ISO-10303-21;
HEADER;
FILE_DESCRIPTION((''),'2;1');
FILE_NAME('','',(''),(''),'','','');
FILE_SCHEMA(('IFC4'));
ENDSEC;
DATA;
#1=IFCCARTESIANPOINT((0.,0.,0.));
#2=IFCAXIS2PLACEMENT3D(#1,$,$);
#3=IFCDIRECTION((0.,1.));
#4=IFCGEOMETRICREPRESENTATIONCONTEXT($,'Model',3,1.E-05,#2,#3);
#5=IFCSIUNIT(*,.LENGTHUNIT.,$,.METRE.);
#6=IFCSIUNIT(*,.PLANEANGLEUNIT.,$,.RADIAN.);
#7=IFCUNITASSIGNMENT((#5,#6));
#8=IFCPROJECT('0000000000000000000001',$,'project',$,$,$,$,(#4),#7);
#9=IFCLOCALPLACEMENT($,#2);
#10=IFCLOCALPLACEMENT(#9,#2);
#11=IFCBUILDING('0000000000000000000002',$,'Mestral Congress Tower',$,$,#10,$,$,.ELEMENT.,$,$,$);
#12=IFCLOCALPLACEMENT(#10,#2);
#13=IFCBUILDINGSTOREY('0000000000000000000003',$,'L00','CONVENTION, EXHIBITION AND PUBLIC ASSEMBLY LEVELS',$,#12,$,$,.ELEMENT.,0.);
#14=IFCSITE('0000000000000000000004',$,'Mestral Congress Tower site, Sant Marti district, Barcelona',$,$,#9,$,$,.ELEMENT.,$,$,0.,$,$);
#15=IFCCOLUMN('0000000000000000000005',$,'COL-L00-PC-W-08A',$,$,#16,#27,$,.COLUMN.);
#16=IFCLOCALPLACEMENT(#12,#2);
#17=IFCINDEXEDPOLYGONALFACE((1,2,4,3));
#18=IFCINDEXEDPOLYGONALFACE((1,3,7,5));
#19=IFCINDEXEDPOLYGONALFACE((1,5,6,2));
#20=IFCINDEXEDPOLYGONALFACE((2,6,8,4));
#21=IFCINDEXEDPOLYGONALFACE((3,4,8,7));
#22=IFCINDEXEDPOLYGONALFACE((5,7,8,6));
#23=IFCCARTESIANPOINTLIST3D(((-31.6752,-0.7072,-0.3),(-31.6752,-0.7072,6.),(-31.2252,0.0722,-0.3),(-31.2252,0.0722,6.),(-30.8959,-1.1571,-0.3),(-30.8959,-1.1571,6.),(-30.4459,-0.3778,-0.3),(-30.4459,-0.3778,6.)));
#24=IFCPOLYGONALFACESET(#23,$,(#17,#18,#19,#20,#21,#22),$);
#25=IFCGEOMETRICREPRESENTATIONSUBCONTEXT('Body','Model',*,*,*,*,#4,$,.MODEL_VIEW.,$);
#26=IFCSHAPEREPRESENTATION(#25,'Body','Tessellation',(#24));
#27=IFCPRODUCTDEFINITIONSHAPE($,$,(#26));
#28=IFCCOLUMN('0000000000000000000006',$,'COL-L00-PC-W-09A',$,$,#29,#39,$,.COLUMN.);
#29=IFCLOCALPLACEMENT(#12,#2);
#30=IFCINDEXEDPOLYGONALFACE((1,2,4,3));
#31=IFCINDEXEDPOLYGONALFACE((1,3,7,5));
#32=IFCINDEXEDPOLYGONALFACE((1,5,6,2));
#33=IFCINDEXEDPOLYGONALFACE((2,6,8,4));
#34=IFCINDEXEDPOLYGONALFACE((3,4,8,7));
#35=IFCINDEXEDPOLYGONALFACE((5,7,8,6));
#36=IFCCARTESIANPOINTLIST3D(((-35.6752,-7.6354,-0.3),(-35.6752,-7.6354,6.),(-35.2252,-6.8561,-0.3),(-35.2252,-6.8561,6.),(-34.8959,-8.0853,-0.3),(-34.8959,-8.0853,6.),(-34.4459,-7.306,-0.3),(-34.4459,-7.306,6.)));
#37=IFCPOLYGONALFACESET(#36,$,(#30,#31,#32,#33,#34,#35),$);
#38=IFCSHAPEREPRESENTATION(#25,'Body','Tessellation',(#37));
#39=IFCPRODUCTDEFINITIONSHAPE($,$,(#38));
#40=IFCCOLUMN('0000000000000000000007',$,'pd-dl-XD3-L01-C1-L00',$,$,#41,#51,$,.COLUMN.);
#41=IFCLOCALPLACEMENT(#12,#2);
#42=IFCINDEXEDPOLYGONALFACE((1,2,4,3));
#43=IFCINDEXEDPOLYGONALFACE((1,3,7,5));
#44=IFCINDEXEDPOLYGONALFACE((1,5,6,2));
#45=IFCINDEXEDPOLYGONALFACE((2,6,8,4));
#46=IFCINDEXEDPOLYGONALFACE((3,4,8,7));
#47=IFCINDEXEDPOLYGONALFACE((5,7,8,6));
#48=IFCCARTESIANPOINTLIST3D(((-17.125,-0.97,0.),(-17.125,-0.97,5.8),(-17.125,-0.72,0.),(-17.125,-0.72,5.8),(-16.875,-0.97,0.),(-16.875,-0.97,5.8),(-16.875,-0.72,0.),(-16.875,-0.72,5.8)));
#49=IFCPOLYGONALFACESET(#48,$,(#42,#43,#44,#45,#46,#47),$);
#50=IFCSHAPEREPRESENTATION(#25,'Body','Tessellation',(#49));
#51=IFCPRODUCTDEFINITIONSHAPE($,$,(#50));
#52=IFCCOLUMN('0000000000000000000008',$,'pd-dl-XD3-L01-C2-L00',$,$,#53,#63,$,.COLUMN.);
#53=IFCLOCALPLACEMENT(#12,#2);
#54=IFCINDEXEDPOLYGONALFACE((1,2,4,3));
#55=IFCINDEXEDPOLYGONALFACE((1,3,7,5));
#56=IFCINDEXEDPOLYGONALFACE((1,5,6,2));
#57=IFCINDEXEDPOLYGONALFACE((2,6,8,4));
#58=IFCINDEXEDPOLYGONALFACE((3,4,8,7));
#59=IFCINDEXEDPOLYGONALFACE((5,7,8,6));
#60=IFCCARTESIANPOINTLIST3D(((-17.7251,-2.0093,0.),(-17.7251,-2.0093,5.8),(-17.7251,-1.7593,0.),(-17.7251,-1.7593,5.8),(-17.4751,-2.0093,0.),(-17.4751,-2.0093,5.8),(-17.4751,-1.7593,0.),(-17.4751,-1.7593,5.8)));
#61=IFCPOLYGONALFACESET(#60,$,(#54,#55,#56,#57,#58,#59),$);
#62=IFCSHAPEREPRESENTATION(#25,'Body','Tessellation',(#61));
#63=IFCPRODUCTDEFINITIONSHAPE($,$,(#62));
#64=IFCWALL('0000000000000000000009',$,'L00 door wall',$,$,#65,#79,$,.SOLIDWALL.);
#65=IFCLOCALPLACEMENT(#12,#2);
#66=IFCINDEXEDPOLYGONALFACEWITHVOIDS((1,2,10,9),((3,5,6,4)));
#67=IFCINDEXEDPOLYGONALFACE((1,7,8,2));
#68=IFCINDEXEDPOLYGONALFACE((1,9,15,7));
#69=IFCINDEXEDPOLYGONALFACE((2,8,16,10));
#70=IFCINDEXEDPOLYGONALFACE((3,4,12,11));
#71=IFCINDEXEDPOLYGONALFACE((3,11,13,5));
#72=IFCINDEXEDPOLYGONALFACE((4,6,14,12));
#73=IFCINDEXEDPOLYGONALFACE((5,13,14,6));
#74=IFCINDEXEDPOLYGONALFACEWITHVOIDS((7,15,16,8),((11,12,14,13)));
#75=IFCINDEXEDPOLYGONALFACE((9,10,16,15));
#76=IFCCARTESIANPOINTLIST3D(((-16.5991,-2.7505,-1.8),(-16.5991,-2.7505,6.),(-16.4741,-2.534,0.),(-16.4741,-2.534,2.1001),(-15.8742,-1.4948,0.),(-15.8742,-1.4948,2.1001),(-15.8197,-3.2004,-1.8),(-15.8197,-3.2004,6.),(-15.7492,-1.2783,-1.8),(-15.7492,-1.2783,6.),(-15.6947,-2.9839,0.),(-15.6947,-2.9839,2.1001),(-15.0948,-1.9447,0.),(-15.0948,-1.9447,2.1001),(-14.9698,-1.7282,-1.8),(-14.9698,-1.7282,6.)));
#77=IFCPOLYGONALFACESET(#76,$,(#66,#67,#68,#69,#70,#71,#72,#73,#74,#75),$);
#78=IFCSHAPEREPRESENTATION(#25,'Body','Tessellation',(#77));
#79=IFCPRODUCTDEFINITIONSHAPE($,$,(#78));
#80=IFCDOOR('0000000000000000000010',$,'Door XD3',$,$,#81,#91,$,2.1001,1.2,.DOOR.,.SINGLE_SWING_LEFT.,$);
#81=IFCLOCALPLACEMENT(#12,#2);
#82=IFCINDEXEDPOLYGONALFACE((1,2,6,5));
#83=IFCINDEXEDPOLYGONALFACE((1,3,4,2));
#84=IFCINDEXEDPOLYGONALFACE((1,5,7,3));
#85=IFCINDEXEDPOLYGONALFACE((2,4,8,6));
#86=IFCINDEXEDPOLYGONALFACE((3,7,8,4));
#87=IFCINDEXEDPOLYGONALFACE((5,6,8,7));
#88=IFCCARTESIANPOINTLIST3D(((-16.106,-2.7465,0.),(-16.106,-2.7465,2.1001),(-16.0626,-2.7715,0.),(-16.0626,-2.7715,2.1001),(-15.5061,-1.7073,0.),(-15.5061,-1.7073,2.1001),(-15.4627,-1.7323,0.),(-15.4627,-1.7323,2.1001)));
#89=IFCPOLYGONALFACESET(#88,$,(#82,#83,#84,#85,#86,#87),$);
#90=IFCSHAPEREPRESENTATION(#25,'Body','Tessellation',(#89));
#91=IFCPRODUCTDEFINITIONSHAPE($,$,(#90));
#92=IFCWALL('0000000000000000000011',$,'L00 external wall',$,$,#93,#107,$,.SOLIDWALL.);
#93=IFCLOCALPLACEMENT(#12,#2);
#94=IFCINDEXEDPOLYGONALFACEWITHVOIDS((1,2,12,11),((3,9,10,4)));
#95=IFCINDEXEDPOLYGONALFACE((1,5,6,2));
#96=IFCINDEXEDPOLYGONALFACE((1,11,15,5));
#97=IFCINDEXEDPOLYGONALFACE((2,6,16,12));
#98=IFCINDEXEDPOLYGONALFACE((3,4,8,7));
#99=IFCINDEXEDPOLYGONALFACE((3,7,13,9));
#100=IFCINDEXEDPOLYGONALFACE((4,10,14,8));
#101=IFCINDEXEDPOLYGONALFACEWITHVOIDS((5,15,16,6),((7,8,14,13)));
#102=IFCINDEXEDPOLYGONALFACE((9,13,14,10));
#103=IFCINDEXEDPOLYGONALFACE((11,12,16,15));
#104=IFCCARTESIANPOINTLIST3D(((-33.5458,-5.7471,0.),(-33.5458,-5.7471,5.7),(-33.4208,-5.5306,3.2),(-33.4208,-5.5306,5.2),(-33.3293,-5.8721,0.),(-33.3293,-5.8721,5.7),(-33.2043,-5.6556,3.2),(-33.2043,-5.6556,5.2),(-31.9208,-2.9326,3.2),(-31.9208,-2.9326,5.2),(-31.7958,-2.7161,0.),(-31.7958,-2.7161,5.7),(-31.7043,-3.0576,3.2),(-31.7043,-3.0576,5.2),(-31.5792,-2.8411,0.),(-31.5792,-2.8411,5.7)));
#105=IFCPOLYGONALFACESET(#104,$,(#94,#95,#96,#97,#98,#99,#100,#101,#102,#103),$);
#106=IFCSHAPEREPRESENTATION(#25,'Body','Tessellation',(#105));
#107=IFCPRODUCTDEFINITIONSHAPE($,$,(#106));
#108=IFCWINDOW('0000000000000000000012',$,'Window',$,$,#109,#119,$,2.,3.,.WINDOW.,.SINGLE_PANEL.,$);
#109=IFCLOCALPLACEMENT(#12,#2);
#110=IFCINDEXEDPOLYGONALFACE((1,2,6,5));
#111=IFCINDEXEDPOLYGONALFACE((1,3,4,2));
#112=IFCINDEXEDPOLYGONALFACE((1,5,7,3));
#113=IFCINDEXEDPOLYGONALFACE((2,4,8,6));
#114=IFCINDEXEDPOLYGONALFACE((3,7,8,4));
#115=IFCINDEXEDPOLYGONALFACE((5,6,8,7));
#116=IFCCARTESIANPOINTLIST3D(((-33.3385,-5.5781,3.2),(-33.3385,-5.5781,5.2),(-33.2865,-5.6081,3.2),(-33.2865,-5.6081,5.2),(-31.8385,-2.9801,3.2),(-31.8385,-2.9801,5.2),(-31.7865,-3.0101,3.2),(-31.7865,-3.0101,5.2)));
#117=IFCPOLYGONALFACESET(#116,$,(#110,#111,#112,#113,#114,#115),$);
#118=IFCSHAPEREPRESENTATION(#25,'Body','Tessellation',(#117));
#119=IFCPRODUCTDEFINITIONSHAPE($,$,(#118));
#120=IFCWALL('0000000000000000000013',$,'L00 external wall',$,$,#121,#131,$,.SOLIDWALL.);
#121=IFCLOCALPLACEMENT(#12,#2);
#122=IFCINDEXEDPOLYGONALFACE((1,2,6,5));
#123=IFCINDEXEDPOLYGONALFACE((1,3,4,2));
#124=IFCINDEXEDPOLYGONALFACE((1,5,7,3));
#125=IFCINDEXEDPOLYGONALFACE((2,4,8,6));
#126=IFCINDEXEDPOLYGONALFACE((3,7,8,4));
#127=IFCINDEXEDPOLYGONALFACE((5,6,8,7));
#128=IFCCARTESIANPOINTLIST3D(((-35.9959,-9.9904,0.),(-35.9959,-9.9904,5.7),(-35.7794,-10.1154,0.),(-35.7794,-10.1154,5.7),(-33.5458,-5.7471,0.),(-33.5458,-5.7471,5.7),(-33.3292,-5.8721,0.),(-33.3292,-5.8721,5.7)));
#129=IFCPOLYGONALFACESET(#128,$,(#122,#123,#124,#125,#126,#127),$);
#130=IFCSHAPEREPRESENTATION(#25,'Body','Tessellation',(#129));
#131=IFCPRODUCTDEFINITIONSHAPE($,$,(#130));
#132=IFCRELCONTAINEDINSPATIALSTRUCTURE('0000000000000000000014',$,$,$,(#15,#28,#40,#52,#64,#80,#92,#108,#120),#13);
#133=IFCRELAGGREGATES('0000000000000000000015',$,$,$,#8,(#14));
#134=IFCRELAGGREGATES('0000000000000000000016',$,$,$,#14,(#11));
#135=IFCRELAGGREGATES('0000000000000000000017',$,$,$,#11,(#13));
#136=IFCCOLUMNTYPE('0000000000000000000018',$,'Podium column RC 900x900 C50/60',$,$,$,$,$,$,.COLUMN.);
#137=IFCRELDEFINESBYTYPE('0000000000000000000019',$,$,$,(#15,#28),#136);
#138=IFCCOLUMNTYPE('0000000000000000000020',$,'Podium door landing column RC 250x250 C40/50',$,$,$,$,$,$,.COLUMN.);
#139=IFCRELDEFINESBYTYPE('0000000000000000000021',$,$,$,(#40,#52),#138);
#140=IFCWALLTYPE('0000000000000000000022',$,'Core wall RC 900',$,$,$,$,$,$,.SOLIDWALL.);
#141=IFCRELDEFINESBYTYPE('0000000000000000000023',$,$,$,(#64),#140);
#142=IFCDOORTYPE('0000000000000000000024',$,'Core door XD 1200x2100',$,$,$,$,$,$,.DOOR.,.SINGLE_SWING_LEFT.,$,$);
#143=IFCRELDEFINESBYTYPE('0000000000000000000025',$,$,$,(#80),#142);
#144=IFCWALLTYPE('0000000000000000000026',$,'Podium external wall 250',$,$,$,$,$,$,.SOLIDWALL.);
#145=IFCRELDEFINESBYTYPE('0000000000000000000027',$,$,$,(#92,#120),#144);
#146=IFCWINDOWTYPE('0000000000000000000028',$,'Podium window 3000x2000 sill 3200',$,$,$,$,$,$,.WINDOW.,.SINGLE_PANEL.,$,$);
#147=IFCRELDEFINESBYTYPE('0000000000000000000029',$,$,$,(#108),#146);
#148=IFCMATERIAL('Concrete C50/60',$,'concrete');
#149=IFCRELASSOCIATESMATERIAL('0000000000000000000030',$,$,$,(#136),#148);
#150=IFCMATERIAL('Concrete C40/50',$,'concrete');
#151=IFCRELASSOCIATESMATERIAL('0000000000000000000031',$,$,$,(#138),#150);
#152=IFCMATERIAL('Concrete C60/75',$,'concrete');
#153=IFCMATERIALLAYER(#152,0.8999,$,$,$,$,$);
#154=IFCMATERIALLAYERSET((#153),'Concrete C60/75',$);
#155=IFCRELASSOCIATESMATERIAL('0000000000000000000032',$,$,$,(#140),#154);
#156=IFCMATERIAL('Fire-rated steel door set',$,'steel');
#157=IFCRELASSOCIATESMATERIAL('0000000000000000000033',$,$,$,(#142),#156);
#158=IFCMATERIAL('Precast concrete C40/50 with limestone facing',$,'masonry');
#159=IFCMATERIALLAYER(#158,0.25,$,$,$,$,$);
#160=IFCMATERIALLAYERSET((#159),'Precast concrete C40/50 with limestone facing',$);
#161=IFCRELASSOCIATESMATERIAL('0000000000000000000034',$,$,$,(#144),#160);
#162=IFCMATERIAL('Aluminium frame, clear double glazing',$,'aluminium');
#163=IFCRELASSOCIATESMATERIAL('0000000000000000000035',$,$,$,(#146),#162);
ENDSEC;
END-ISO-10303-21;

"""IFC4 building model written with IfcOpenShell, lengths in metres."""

from ifc_helpers import new_model, si_unit, direction, frame, frame_2d, origin, origin_2d, place, context, subcontext, project, spatial, rectangle, extrude, material, layer, layer_set, material_profile, profile_set, type_object, element, fill, save


model = new_model("IFC4")

# Units and contexts
model_context = context("Model", 3, precision=1e-05, world=origin(), true_north=direction((0.0, 1.0)))
body_context = subcontext(model_context, "Body", "Model", "MODEL_VIEW")
ifc_project = project(units=[si_unit("LENGTHUNIT", "METRE"), si_unit("PLANEANGLEUNIT", "RADIAN")], contexts=[model_context])

# Site, building, storey
site_placement = place(None, origin())
site = spatial("IfcSite", under=ifc_project, at=site_placement, Name="Mestral Congress Tower site, Sant Marti district, Barcelona", CompositionType="ELEMENT", RefElevation=0.0)
building_placement = place(site_placement, origin())
building = spatial("IfcBuilding", under=site, at=building_placement, Name="Mestral Congress Tower", CompositionType="ELEMENT")
storey_placement = place(building_placement, origin())
storey = spatial("IfcBuildingStorey", under=building, at=storey_placement, Name="L00", Description="CONVENTION, EXHIBITION AND PUBLIC ASSEMBLY LEVELS", CompositionType="ELEMENT", Elevation=0.0)

# Columns
ifc_material_1 = material(Name="Concrete C50/60", Category="concrete")
ifc_material_profile_1 = material_profile(ifc_material_1, rectangle(XDim=0.8999, YDim=0.8999, at=origin_2d()), Name="RC 900x900")
ifc_profile_set_1 = profile_set([ifc_material_profile_1], Name="Concrete C50/60")
column_type_1 = type_object("IfcColumnType", Name="Podium column RC 900x900 C50/60", PredefinedType="COLUMN", material=ifc_profile_set_1)
for number, where, z_axis, x_axis, name in (
    (1, (-31.0605, -0.5425, -0.3), (0.0, 0.0, 1.0), (-0.5, -0.866025, 0.0), "COL-L00-PC-W-08A"),
    (2, (-35.0605, -7.4707, -0.3), (0.0, 0.0, 1.0), (-0.5, -0.866025, 0.0), "COL-L00-PC-W-09A"),
):
    element("IfcColumn", number, at=place(storey_placement, frame(where, z_axis=z_axis, x_axis=x_axis)), inside=storey, type_object=column_type_1, Name=name, PredefinedType="COLUMN", context=body_context, shape_type="SweptSolid", body=[
        extrude(rectangle(XDim=0.8999, YDim=0.8999, at=origin_2d()), origin(), (0.0, 0.0, 1.0), 6.3),
    ])
ifc_material_2 = material(Name="Concrete C40/50", Category="concrete")
ifc_material_profile_2 = material_profile(ifc_material_2, rectangle(XDim=0.25, YDim=0.25, at=origin_2d()), Name="RC 250x250")
ifc_profile_set_2 = profile_set([ifc_material_profile_2], Name="Concrete C40/50")
column_type_2 = type_object("IfcColumnType", Name="Podium door landing column RC 250x250 C40/50", PredefinedType="COLUMN", material=ifc_profile_set_2)
for number, where, z_axis, x_axis, name in (
    (3, (-17.0, -0.845, 0.0), (0.0, 0.0, 1.0), (1.0, 0.0, 0.0), "pd-dl-XD3-L01-C1-L00"),
    (4, (-17.6001, -1.8843, 0.0), (0.0, 0.0, 1.0), (1.0, 0.0, 0.0), "pd-dl-XD3-L01-C2-L00"),
):
    element("IfcColumn", number, at=place(storey_placement, frame(where, z_axis=z_axis, x_axis=x_axis)), inside=storey, type_object=column_type_2, Name=name, PredefinedType="COLUMN", context=body_context, shape_type="SweptSolid", body=[
        extrude(rectangle(XDim=0.25, YDim=0.25, at=origin_2d()), origin(), (0.0, 0.0, 1.0), 5.8),
    ])

# Wall, opening, door
ifc_material_3 = material(Name="Concrete C60/75", Category="concrete")
ifc_layer_1 = layer(ifc_material_3, 0.8999)
ifc_layer_set_1 = layer_set([ifc_layer_1], Name="Concrete C60/75")
wall_type_1 = type_object("IfcWallType", Name="Core wall RC 900", PredefinedType="SOLIDWALL", material=ifc_layer_set_1)
wall_1_placement = place(storey_placement, frame((-16.2095, -2.9756, -1.8), z_axis=(0.0, 0.0, 1.0), x_axis=(0.499955, 0.866052, 0.0)))
wall_1 = element("IfcWall", 5, at=wall_1_placement, inside=storey, type_object=wall_type_1, Name="L00 door wall", PredefinedType="SOLIDWALL", context=body_context, shape_type="SweptSolid", body=[
    extrude(rectangle(XDim=1.7, YDim=0.8999, at=frame_2d((0.8501, 0.0))), origin(), (0.0, 0.0, 1.0), 7.8),
])
opening_1_placement = place(wall_1_placement, frame((0.25, 0.0, 1.8)))
opening_1 = element("IfcOpeningElement", 6, at=opening_1_placement, cuts=wall_1, PredefinedType="OPENING", context=body_context, shape_type="SweptSolid", body=[
    extrude(rectangle(XDim=1.2, YDim=2.1001, at=frame_2d((0.6001, 1.05))), frame((0.0, 0.46, 0.0), z_axis=(0.0, -1.0, 0.0), x_axis=(1.0, 0.0, 0.0)), (0.0, 0.0, 1.0), 0.9199),
])
ifc_material_4 = material(Name="Fire-rated steel door set", Category="steel")
door_type = type_object("IfcDoorType", Name="Core door XD 1200x2100", OperationType="SINGLE_SWING_LEFT", PredefinedType="DOOR", material=ifc_material_4)
door_placement = place(opening_1_placement, origin())
door = element("IfcDoor", 7, at=door_placement, inside=storey, type_object=door_type, Name="Door XD3", OperationType="SINGLE_SWING_LEFT", OverallHeight=2.1001, OverallWidth=1.2, PredefinedType="DOOR", context=body_context, shape_type="SweptSolid", body=[
    extrude(rectangle(XDim=1.2, YDim=2.1001, at=frame_2d((0.6001, 1.05))), frame((0.0, 0.0249, 0.0), z_axis=(0.0, -1.0, 0.0), x_axis=(1.0, 0.0, 0.0)), (0.0, 0.0, 1.0), 0.05),
])
fill(opening_1, door)

# Wall, opening, window
ifc_material_5 = material(Name="Precast concrete C40/50 with limestone facing", Category="masonry")
ifc_layer_2 = layer(ifc_material_5, 0.25)
ifc_layer_set_2 = layer_set([ifc_layer_2], Name="Precast concrete C40/50 with limestone facing")
wall_type_2 = type_object("IfcWallType", Name="Podium external wall 250", PredefinedType="SOLIDWALL", material=ifc_layer_set_2)
wall_2_placement = place(storey_placement, frame((-31.6875, -2.7786, 0.0), z_axis=(0.0, 0.0, 1.0), x_axis=(-0.50001, -0.866019, 0.0)))
wall_2 = element("IfcWall", 8, at=wall_2_placement, inside=storey, type_object=wall_type_2, Name="L00 external wall", PredefinedType="SOLIDWALL", context=body_context, shape_type="SweptSolid", body=[
    extrude(rectangle(XDim=3.5, YDim=0.25, at=frame_2d((1.75, 0.0))), origin(), (0.0, 0.0, 1.0), 5.7),
])
opening_2_placement = place(wall_2_placement, frame((0.25, 0.0, 3.2)))
opening_2 = element("IfcOpeningElement", 9, at=opening_2_placement, cuts=wall_2, PredefinedType="OPENING", context=body_context, shape_type="SweptSolid", body=[
    extrude(rectangle(XDim=3.0, YDim=2.0, at=frame_2d((1.5, 1.0))), frame((0.0, 0.135, 0.0), z_axis=(0.0, -1.0, 0.0), x_axis=(1.0, 0.0, 0.0)), (0.0, 0.0, 1.0), 0.27),
])
ifc_material_6 = material(Name="Aluminium frame, clear double glazing", Category="aluminium")
window_type = type_object("IfcWindowType", Name="Podium window 3000x2000 sill 3200", PartitioningType="SINGLE_PANEL", PredefinedType="WINDOW", material=ifc_material_6)
window_placement = place(opening_2_placement, origin())
window = element("IfcWindow", 10, at=window_placement, inside=storey, type_object=window_type, Name="Window", OverallHeight=2.0, OverallWidth=3.0, PartitioningType="SINGLE_PANEL", PredefinedType="WINDOW", context=body_context, shape_type="SweptSolid", body=[
    extrude(rectangle(XDim=3.0, YDim=2.0, at=frame_2d((1.5, 1.0))), frame((0.0, 0.03, 0.0), z_axis=(0.0, -1.0, 0.0), x_axis=(1.0, 0.0, 0.0)), (0.0, 0.0, 1.0), 0.0601),
])
fill(opening_2, window)

# Wall
wall_3_placement = place(storey_placement, frame((-33.4375, -5.8096, 0.0), z_axis=(0.0, 0.0, 1.0), x_axis=(-0.50004, -0.866002, 0.0)))
element("IfcWall", 11, at=wall_3_placement, inside=storey, type_object=wall_type_2, Name="L00 external wall", PredefinedType="SOLIDWALL", context=body_context, shape_type="SweptSolid", body=[
    extrude(rectangle(XDim=4.8999, YDim=0.25, at=frame_2d((2.45, 0.0))), origin(), (0.0, 0.0, 1.0), 5.7),
])

save(model, "model.ifc")
